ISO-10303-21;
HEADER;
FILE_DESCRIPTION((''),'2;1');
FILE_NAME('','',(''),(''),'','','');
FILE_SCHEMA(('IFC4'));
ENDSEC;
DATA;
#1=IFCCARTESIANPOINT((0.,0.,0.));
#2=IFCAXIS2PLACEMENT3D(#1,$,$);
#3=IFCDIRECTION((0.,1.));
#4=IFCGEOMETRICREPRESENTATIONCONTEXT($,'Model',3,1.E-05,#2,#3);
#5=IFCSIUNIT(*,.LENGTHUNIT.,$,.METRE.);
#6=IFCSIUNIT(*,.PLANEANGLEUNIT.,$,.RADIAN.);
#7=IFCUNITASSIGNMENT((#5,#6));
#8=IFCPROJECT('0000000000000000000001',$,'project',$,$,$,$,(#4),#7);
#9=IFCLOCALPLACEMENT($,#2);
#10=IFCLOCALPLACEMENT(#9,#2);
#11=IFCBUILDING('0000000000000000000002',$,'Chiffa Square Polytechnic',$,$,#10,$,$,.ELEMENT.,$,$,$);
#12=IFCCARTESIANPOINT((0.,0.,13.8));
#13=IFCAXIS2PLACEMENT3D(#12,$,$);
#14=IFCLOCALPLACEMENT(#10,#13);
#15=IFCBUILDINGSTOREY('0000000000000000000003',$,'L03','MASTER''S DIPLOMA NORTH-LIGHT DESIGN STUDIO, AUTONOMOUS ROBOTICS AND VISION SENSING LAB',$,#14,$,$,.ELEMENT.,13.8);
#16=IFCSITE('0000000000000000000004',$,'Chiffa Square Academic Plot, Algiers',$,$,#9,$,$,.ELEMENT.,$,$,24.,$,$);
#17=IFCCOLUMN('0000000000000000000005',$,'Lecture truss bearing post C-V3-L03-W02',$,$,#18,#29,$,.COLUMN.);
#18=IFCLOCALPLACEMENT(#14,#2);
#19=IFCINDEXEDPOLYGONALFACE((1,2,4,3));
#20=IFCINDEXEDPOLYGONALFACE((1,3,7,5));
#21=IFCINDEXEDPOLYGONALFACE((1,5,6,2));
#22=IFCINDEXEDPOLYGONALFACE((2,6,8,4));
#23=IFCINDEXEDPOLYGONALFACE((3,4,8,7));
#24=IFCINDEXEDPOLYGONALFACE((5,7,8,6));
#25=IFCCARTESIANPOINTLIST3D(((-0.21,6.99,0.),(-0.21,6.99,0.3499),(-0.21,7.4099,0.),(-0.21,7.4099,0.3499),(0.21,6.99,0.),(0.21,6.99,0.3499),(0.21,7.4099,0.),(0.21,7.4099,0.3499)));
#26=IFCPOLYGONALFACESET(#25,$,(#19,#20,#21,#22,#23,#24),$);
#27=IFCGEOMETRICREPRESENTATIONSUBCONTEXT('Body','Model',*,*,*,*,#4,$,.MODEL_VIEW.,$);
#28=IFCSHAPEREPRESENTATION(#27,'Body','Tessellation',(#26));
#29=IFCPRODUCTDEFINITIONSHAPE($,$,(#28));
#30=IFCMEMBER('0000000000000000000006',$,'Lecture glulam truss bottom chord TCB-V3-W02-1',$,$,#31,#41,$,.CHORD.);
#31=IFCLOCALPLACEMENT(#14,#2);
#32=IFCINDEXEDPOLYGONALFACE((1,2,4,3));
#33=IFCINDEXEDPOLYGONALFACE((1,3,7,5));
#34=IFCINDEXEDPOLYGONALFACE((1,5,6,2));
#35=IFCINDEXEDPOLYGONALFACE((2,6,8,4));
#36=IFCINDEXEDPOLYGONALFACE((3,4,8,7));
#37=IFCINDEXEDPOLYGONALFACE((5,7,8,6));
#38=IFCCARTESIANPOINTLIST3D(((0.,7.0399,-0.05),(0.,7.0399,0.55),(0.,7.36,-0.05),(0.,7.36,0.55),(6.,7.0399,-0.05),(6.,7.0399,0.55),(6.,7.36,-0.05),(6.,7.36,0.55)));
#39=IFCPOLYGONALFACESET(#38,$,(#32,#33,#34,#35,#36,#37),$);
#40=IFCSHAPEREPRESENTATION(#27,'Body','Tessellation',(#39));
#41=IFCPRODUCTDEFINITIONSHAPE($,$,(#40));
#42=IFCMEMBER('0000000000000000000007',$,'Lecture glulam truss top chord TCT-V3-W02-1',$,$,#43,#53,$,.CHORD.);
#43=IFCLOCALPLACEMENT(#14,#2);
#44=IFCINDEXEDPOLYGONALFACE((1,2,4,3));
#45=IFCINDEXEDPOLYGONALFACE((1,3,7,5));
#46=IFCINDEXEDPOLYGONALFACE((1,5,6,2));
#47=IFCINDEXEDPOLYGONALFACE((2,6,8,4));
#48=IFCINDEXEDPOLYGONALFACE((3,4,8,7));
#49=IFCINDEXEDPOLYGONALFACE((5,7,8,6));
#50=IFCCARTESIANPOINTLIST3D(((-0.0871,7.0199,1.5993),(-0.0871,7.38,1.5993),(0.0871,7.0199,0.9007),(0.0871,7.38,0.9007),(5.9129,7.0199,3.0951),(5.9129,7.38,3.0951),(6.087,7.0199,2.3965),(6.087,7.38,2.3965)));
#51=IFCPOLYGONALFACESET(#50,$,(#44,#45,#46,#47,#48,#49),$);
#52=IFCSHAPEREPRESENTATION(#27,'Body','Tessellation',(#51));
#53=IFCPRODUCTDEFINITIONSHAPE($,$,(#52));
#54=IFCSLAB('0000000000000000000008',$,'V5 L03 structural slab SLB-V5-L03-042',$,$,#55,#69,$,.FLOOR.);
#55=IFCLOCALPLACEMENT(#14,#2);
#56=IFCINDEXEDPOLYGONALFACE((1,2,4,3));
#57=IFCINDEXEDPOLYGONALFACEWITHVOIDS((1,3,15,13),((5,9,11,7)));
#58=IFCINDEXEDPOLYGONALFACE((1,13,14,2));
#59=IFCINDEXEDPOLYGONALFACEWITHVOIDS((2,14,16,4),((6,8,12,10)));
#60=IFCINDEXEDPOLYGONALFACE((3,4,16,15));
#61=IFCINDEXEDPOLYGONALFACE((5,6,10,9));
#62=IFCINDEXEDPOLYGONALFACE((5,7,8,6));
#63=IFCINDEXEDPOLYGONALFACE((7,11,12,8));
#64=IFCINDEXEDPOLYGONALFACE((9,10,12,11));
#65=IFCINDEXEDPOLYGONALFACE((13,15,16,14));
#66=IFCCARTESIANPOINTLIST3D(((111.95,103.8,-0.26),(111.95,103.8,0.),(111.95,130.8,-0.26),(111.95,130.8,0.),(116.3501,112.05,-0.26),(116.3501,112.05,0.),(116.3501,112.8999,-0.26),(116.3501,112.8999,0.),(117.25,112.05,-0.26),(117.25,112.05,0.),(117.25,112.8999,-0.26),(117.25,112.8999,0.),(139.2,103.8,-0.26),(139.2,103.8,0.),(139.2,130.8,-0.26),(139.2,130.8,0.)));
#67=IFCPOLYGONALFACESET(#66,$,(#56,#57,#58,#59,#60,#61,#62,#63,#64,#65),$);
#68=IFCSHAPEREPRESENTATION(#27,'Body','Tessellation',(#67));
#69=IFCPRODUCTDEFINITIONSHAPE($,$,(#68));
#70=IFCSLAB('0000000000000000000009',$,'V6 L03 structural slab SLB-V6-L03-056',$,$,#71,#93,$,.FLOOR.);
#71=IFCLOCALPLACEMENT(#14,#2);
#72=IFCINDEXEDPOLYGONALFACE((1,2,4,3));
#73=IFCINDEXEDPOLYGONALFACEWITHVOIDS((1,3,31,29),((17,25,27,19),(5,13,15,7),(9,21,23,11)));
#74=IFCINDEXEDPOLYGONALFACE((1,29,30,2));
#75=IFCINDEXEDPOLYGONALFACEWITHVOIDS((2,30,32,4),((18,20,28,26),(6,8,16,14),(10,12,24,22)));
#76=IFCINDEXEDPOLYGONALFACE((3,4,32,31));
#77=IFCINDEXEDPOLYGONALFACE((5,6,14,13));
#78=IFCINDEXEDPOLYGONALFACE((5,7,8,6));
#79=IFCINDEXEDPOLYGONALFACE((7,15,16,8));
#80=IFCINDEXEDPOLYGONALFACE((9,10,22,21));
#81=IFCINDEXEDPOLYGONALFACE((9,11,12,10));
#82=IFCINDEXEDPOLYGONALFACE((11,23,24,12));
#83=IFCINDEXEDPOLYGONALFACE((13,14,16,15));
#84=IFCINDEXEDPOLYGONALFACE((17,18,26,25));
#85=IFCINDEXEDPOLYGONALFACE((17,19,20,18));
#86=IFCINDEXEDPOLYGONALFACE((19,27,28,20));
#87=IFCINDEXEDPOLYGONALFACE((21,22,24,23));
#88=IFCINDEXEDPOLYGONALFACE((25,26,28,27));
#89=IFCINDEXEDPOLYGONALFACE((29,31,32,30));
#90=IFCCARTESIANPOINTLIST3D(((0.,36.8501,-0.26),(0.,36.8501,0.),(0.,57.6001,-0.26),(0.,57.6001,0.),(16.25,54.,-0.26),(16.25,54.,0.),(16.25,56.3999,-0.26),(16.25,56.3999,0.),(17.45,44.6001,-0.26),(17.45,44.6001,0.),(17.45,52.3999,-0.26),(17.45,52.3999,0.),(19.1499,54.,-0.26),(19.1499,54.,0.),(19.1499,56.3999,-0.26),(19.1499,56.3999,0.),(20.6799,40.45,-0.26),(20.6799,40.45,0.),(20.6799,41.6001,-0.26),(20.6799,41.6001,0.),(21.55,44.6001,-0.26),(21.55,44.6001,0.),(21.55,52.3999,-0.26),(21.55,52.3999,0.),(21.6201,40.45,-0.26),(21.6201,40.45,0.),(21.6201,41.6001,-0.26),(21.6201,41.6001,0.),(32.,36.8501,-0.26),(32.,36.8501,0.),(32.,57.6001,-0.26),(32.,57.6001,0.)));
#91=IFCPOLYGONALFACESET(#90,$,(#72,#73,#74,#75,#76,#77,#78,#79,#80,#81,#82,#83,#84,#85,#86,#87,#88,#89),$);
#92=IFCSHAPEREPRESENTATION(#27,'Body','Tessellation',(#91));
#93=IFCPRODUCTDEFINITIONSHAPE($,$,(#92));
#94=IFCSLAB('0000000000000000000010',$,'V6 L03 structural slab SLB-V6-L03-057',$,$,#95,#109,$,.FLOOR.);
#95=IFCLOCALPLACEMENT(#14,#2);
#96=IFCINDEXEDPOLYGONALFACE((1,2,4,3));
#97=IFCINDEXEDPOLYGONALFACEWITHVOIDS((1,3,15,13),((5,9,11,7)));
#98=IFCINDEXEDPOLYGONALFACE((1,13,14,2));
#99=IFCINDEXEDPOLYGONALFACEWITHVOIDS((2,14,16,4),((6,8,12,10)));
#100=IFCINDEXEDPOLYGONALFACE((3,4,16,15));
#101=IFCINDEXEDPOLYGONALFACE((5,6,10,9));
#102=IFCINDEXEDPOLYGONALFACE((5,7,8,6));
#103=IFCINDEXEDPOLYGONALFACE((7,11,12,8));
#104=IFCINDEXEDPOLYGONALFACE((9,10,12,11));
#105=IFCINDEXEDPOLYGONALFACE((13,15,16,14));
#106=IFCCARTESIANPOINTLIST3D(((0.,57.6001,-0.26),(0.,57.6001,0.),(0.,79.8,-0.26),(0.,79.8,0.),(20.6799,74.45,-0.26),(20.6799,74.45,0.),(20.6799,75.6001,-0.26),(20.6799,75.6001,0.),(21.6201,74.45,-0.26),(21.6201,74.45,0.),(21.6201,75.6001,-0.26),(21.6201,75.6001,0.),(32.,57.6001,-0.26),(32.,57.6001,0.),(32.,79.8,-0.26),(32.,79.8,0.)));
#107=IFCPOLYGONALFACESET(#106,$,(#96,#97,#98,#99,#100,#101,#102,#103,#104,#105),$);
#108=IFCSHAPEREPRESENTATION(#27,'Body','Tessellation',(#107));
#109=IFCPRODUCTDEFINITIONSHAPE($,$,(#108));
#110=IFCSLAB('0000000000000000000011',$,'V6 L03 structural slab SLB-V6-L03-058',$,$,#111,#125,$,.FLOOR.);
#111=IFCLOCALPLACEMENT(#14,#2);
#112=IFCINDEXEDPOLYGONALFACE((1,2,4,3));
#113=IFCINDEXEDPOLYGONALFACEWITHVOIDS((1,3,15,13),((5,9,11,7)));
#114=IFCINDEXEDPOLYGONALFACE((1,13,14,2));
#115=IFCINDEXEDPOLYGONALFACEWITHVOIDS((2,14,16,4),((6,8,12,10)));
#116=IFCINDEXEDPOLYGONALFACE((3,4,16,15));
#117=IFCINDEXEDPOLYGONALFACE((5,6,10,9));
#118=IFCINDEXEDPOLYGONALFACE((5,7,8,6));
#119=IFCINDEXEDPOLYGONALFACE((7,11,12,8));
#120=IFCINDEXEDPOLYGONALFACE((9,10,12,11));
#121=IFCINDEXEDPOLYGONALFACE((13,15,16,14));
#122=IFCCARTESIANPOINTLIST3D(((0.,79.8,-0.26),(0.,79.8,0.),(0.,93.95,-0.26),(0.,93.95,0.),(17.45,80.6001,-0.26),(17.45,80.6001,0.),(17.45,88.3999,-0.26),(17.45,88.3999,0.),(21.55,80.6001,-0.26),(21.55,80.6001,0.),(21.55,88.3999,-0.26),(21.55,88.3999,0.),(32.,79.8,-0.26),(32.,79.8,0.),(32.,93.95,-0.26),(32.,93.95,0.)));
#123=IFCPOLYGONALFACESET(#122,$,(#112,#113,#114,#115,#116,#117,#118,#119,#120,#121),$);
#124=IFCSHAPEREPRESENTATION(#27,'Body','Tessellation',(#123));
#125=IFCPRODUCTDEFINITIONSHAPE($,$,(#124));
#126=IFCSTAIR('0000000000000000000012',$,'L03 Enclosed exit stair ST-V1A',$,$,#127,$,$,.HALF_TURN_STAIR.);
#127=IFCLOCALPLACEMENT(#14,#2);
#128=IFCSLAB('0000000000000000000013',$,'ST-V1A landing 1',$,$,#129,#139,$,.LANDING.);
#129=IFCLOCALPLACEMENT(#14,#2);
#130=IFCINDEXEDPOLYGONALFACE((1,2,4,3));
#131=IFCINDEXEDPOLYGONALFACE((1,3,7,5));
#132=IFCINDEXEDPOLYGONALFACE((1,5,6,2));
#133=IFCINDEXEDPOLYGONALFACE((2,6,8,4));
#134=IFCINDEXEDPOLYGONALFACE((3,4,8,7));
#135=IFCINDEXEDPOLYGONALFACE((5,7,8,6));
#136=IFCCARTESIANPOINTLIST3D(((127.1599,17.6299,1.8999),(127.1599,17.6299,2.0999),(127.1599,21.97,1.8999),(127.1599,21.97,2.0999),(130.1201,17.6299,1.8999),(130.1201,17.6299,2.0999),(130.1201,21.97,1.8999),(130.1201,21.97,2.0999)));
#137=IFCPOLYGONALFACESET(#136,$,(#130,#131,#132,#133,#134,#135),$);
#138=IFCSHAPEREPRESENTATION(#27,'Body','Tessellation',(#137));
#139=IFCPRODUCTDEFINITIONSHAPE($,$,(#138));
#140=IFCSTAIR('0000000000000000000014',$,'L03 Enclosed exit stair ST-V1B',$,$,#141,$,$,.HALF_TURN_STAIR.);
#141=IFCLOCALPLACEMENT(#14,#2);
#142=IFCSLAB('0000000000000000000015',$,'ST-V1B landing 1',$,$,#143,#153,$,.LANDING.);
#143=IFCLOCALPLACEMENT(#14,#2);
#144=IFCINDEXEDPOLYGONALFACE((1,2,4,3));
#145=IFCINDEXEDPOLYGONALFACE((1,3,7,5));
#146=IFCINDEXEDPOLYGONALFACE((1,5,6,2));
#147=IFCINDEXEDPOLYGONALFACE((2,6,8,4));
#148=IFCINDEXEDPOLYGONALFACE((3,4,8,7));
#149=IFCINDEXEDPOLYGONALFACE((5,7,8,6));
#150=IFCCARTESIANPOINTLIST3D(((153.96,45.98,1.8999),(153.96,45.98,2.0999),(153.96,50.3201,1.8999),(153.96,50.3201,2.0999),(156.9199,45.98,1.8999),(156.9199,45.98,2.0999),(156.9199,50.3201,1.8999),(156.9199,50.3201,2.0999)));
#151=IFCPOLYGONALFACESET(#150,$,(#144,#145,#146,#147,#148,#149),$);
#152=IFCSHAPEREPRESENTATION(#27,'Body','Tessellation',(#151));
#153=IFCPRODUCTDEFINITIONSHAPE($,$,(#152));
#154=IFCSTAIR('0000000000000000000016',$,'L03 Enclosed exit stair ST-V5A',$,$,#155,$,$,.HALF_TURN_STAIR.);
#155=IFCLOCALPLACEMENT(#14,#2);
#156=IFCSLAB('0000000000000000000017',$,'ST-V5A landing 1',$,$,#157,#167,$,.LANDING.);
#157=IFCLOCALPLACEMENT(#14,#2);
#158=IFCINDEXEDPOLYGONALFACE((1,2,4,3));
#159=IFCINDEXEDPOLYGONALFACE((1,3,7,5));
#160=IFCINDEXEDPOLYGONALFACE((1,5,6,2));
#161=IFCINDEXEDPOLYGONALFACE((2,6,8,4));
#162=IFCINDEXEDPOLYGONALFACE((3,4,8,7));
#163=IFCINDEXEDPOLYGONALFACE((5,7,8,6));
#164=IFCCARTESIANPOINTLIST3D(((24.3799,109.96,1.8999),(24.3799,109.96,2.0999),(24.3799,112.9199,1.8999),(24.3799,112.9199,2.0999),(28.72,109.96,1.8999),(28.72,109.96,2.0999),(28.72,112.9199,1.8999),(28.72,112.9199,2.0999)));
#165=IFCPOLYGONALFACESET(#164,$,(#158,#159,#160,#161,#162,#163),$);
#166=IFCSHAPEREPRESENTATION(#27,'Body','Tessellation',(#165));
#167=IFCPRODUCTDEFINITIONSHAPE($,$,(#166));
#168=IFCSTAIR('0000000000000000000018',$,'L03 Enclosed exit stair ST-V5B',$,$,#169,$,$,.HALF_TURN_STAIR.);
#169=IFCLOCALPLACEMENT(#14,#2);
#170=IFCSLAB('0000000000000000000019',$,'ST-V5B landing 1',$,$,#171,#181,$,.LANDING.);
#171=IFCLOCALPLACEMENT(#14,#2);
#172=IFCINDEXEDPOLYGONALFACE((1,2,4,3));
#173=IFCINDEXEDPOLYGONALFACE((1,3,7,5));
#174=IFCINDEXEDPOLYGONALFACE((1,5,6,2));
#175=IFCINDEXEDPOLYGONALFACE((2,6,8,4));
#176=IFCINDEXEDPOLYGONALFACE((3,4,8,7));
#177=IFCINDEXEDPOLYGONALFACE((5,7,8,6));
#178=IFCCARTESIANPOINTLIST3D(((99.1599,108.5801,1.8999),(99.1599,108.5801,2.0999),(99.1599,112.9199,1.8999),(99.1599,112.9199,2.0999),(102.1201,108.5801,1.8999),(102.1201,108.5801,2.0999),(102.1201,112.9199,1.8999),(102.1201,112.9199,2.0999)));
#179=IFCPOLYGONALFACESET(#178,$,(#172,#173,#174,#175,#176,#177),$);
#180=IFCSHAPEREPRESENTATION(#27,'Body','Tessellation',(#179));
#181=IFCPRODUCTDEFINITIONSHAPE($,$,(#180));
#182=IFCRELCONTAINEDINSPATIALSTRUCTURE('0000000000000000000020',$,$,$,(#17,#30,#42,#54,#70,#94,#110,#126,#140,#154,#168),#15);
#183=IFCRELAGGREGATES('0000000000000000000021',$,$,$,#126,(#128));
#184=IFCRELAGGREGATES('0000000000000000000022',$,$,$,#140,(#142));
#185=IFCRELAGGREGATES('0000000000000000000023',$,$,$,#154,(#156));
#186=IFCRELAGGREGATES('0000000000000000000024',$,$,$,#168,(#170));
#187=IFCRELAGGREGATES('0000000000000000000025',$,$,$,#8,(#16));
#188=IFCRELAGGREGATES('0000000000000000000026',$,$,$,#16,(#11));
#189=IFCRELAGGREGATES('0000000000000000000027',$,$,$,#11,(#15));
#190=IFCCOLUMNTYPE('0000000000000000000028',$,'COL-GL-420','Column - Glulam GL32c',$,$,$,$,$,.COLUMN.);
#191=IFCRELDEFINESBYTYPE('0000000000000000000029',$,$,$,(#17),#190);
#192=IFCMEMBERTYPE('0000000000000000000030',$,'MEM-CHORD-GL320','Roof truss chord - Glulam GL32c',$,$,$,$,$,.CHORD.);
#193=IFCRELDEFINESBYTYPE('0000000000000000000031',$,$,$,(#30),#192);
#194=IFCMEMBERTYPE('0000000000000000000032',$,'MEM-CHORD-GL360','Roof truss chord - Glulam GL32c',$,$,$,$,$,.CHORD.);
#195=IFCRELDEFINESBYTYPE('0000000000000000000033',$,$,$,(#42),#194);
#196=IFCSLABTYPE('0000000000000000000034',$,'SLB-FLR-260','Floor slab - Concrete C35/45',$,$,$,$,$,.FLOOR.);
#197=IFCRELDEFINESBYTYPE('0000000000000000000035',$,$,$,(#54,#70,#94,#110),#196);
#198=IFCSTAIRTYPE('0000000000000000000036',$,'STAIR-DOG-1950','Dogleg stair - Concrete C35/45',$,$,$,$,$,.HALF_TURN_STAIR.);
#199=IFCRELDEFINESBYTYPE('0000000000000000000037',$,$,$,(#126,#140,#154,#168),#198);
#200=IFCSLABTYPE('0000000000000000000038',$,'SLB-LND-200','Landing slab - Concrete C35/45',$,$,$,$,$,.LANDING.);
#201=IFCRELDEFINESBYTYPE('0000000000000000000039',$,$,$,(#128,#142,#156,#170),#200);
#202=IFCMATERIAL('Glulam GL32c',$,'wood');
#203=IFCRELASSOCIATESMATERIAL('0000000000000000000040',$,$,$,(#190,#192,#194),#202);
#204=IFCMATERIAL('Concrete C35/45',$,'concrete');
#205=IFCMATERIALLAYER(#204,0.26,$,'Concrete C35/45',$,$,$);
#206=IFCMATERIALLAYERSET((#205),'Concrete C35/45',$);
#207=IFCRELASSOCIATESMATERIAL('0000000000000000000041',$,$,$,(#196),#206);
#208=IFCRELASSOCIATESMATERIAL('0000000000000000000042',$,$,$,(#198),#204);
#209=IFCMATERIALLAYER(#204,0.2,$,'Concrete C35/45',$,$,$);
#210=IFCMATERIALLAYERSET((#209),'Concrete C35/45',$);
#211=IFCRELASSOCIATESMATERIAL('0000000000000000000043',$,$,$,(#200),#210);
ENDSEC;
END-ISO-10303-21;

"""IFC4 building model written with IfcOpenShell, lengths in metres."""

from ifc_helpers import new_model, si_unit, direction, frame, origin, origin_2d, place, context, subcontext, project, spatial, polyline, rectangle, outline, extrude, material, layer, layer_set, material_profile, profile_set, type_object, element, aggregate, save


model = new_model("IFC4")

# Units and contexts
model_context = context("Model", 3, precision=1e-05, world=origin(), true_north=direction((0.0, 1.0)))
body_context = subcontext(model_context, "Body", "Model", "MODEL_VIEW")
ifc_project = project(units=[si_unit("LENGTHUNIT", "METRE"), si_unit("PLANEANGLEUNIT", "RADIAN")], contexts=[model_context])

# Site, building, storey
site_placement = place(None, origin())
site = spatial("IfcSite", under=ifc_project, at=site_placement, Name="Chiffa Square Academic Plot, Algiers", CompositionType="ELEMENT", RefElevation=24.0)
building_placement = place(site_placement, origin())
building = spatial("IfcBuilding", under=site, at=building_placement, Name="Chiffa Square Polytechnic", CompositionType="ELEMENT")
storey_placement = place(building_placement, frame((0.0, 0.0, 13.8)))
storey = spatial("IfcBuildingStorey", under=building, at=storey_placement, Name="L03", Description="MASTER'S DIPLOMA NORTH-LIGHT DESIGN STUDIO, AUTONOMOUS ROBOTICS AND VISION SENSING LAB", CompositionType="ELEMENT", Elevation=13.8)

# Column
ifc_material_1 = material(Name="Glulam GL32c", Category="wood")
ifc_material_profile_1 = material_profile(ifc_material_1, rectangle(XDim=0.4199, YDim=0.4199, at=origin_2d()), Name="GL32c 420x420")
ifc_profile_set_1 = profile_set([ifc_material_profile_1], Name="Glulam GL32c")
column_type = type_object("IfcColumnType", Name="COL-GL-420", Description="Column - Glulam GL32c", PredefinedType="COLUMN", material=ifc_profile_set_1)
column_placement = place(storey_placement, frame((0.0, 7.2, 0.0), z_axis=(0.0, 0.0, 1.0), x_axis=(1.0, 0.0, 0.0)))
element("IfcColumn", 1, at=column_placement, inside=storey, type_object=column_type, Name="Lecture truss bearing post C-V3-L03-W02", PredefinedType="COLUMN", context=body_context, shape_type="SweptSolid", body=[
    extrude(rectangle(XDim=0.4199, YDim=0.4199, at=origin_2d()), origin(), (0.0, 0.0, 1.0), 0.3499),
])

# Members
ifc_material_profile_2 = material_profile(ifc_material_1, rectangle(XDim=0.3201, YDim=0.6001, at=origin_2d()), Name="GL32c 320x600")
ifc_profile_set_2 = profile_set([ifc_material_profile_2], Name="Glulam GL32c")
member_type_1 = type_object("IfcMemberType", Name="MEM-CHORD-GL320", Description="Roof truss chord - Glulam GL32c", PredefinedType="CHORD", material=ifc_profile_set_2)
member_1_placement = place(storey_placement, frame((0.0, 7.2, 0.25), z_axis=(1.0, 0.0, 0.0), x_axis=(0.0, 1.0, 0.0)))
element("IfcMember", 2, at=member_1_placement, inside=storey, type_object=member_type_1, Name="Lecture glulam truss bottom chord TCB-V3-W02-1", PredefinedType="CHORD", context=body_context, shape_type="SweptSolid", body=[
    extrude(rectangle(XDim=0.3201, YDim=0.6001, at=origin_2d()), origin(), (0.0, 0.0, 1.0), 6.0),
])
ifc_material_profile_3 = material_profile(ifc_material_1, rectangle(XDim=0.3601, YDim=0.72, at=origin_2d()), Name="GL32c 360x720")
ifc_profile_set_3 = profile_set([ifc_material_profile_3], Name="Glulam GL32c")
member_type_2 = type_object("IfcMemberType", Name="MEM-CHORD-GL360", Description="Roof truss chord - Glulam GL32c", PredefinedType="CHORD", material=ifc_profile_set_3)
member_2_placement = place(storey_placement, frame((0.0, 7.2, 1.25), z_axis=(0.9703, 0.0, 0.241904), x_axis=(0.0, 1.0, 0.0)))
element("IfcMember", 3, at=member_2_placement, inside=storey, type_object=member_type_2, Name="Lecture glulam truss top chord TCT-V3-W02-1", PredefinedType="CHORD", context=body_context, shape_type="SweptSolid", body=[
    extrude(rectangle(XDim=0.3601, YDim=0.72, at=origin_2d()), origin(), (0.0, 0.0, 1.0), 6.1836),
])

# Slabs
ifc_material_2 = material(Name="Concrete C35/45", Category="concrete")
ifc_layer_1 = layer(ifc_material_2, 0.26, Name="Concrete C35/45")
ifc_layer_set_1 = layer_set([ifc_layer_1], Name="Concrete C35/45")
slab_type_1 = type_object("IfcSlabType", Name="SLB-FLR-260", Description="Floor slab - Concrete C35/45", PredefinedType="FLOOR", material=ifc_layer_set_1)
slab_1_placement = place(storey_placement, frame((0.0, 0.0, -0.26)))
element("IfcSlab", 4, at=slab_1_placement, inside=storey, type_object=slab_type_1, Name="V5 L03 structural slab SLB-V5-L03-042", PredefinedType="FLOOR", context=body_context, shape_type="SweptSolid", body=[
    extrude(outline(polyline([(139.2, 130.8), (139.2, 103.8), (111.95, 103.8), (111.95, 130.8), (139.2, 130.8)]), holes=[polyline([(116.3501, 112.8999), (117.25, 112.8999), (117.25, 112.05), (116.3501, 112.05), (116.3501, 112.8999)])]), origin(), (0.0, 0.0, 1.0), 0.26),
])
slab_2_placement = place(storey_placement, frame((0.0, 0.0, -0.26)))
element("IfcSlab", 5, at=slab_2_placement, inside=storey, type_object=slab_type_1, Name="V6 L03 structural slab SLB-V6-L03-056", PredefinedType="FLOOR", context=body_context, shape_type="SweptSolid", body=[
    extrude(outline(polyline([(32.0, 36.8501), (0.0, 36.8501), (0.0, 57.6001), (32.0, 57.6001), (32.0, 36.8501)]), holes=[polyline([(21.55, 52.3999), (21.55, 44.6001), (17.45, 44.6001), (17.45, 52.3999), (21.55, 52.3999)]), polyline([(16.25, 56.3999), (19.1499, 56.3999), (19.1499, 54.0), (16.25, 54.0), (16.25, 56.3999)]), polyline([(20.6799, 41.6001), (21.6201, 41.6001), (21.6201, 40.45), (20.6799, 40.45), (20.6799, 41.6001)])]), origin(), (0.0, 0.0, 1.0), 0.26),
])
slab_3_placement = place(storey_placement, frame((0.0, 0.0, -0.26)))
element("IfcSlab", 6, at=slab_3_placement, inside=storey, type_object=slab_type_1, Name="V6 L03 structural slab SLB-V6-L03-057", PredefinedType="FLOOR", context=body_context, shape_type="SweptSolid", body=[
    extrude(outline(polyline([(32.0, 57.6001), (0.0, 57.6001), (0.0, 79.8), (32.0, 79.8), (32.0, 57.6001)]), holes=[polyline([(20.6799, 75.6001), (21.6201, 75.6001), (21.6201, 74.45), (20.6799, 74.45), (20.6799, 75.6001)])]), origin(), (0.0, 0.0, 1.0), 0.26),
])
slab_4_placement = place(storey_placement, frame((0.0, 0.0, -0.26)))
element("IfcSlab", 7, at=slab_4_placement, inside=storey, type_object=slab_type_1, Name="V6 L03 structural slab SLB-V6-L03-058", PredefinedType="FLOOR", context=body_context, shape_type="SweptSolid", body=[
    extrude(outline(polyline([(0.0, 93.95), (32.0, 93.95), (32.0, 79.8), (0.0, 79.8), (0.0, 93.95)]), holes=[polyline([(21.55, 88.3999), (21.55, 80.6001), (17.45, 80.6001), (17.45, 88.3999), (21.55, 88.3999)])]), origin(), (0.0, 0.0, 1.0), 0.26),
])

# Stairs, slabs
stair_type = type_object("IfcStairType", Name="STAIR-DOG-1950", Description="Dogleg stair - Concrete C35/45", PredefinedType="HALF_TURN_STAIR", material=ifc_material_2)
stair_1_placement = place(storey_placement, origin())
stair_1 = element("IfcStair", 8, at=stair_1_placement, inside=storey, type_object=stair_type, Name="L03 Enclosed exit stair ST-V1A", PredefinedType="HALF_TURN_STAIR")
ifc_layer_2 = layer(ifc_material_2, 0.2, Name="Concrete C35/45")
ifc_layer_set_2 = layer_set([ifc_layer_2], Name="Concrete C35/45")
slab_type_2 = type_object("IfcSlabType", Name="SLB-LND-200", Description="Landing slab - Concrete C35/45", PredefinedType="LANDING", material=ifc_layer_set_2)
slab_5_placement = place(storey_placement, frame((0.0, 0.0, 1.8999)))
slab_5 = element("IfcSlab", 9, at=slab_5_placement, type_object=slab_type_2, Name="ST-V1A landing 1", PredefinedType="LANDING", context=body_context, shape_type="SweptSolid", body=[
    extrude(outline(polyline([(127.1599, 17.6299), (127.1599, 21.97), (130.1201, 21.97), (130.1201, 17.6299), (127.1599, 17.6299)])), origin(), (0.0, 0.0, 1.0), 0.2),
])
aggregate(stair_1, [slab_5])
stair_2_placement = place(storey_placement, origin())
stair_2 = element("IfcStair", 10, at=stair_2_placement, inside=storey, type_object=stair_type, Name="L03 Enclosed exit stair ST-V1B", PredefinedType="HALF_TURN_STAIR")
slab_6_placement = place(storey_placement, frame((0.0, 0.0, 1.8999)))
slab_6 = element("IfcSlab", 11, at=slab_6_placement, type_object=slab_type_2, Name="ST-V1B landing 1", PredefinedType="LANDING", context=body_context, shape_type="SweptSolid", body=[
    extrude(outline(polyline([(153.96, 45.98), (153.96, 50.3201), (156.9199, 50.3201), (156.9199, 45.98), (153.96, 45.98)])), origin(), (0.0, 0.0, 1.0), 0.2),
])
aggregate(stair_2, [slab_6])
stair_3_placement = place(storey_placement, origin())
stair_3 = element("IfcStair", 12, at=stair_3_placement, inside=storey, type_object=stair_type, Name="L03 Enclosed exit stair ST-V5A", PredefinedType="HALF_TURN_STAIR")
slab_7_placement = place(storey_placement, frame((0.0, 0.0, 1.8999)))
slab_7 = element("IfcSlab", 13, at=slab_7_placement, type_object=slab_type_2, Name="ST-V5A landing 1", PredefinedType="LANDING", context=body_context, shape_type="SweptSolid", body=[
    extrude(outline(polyline([(28.72, 109.96), (24.3799, 109.96), (24.3799, 112.9199), (28.72, 112.9199), (28.72, 109.96)])), origin(), (0.0, 0.0, 1.0), 0.2),
])
aggregate(stair_3, [slab_7])
stair_4_placement = place(storey_placement, origin())
stair_4 = element("IfcStair", 14, at=stair_4_placement, inside=storey, type_object=stair_type, Name="L03 Enclosed exit stair ST-V5B", PredefinedType="HALF_TURN_STAIR")
slab_8_placement = place(storey_placement, frame((0.0, 0.0, 1.8999)))
slab_8 = element("IfcSlab", 15, at=slab_8_placement, type_object=slab_type_2, Name="ST-V5B landing 1", PredefinedType="LANDING", context=body_context, shape_type="SweptSolid", body=[
    extrude(outline(polyline([(99.1599, 108.5801), (99.1599, 112.9199), (102.1201, 112.9199), (102.1201, 108.5801), (99.1599, 108.5801)])), origin(), (0.0, 0.0, 1.0), 0.2),
])
aggregate(stair_4, [slab_8])

save(model, "model.ifc")
